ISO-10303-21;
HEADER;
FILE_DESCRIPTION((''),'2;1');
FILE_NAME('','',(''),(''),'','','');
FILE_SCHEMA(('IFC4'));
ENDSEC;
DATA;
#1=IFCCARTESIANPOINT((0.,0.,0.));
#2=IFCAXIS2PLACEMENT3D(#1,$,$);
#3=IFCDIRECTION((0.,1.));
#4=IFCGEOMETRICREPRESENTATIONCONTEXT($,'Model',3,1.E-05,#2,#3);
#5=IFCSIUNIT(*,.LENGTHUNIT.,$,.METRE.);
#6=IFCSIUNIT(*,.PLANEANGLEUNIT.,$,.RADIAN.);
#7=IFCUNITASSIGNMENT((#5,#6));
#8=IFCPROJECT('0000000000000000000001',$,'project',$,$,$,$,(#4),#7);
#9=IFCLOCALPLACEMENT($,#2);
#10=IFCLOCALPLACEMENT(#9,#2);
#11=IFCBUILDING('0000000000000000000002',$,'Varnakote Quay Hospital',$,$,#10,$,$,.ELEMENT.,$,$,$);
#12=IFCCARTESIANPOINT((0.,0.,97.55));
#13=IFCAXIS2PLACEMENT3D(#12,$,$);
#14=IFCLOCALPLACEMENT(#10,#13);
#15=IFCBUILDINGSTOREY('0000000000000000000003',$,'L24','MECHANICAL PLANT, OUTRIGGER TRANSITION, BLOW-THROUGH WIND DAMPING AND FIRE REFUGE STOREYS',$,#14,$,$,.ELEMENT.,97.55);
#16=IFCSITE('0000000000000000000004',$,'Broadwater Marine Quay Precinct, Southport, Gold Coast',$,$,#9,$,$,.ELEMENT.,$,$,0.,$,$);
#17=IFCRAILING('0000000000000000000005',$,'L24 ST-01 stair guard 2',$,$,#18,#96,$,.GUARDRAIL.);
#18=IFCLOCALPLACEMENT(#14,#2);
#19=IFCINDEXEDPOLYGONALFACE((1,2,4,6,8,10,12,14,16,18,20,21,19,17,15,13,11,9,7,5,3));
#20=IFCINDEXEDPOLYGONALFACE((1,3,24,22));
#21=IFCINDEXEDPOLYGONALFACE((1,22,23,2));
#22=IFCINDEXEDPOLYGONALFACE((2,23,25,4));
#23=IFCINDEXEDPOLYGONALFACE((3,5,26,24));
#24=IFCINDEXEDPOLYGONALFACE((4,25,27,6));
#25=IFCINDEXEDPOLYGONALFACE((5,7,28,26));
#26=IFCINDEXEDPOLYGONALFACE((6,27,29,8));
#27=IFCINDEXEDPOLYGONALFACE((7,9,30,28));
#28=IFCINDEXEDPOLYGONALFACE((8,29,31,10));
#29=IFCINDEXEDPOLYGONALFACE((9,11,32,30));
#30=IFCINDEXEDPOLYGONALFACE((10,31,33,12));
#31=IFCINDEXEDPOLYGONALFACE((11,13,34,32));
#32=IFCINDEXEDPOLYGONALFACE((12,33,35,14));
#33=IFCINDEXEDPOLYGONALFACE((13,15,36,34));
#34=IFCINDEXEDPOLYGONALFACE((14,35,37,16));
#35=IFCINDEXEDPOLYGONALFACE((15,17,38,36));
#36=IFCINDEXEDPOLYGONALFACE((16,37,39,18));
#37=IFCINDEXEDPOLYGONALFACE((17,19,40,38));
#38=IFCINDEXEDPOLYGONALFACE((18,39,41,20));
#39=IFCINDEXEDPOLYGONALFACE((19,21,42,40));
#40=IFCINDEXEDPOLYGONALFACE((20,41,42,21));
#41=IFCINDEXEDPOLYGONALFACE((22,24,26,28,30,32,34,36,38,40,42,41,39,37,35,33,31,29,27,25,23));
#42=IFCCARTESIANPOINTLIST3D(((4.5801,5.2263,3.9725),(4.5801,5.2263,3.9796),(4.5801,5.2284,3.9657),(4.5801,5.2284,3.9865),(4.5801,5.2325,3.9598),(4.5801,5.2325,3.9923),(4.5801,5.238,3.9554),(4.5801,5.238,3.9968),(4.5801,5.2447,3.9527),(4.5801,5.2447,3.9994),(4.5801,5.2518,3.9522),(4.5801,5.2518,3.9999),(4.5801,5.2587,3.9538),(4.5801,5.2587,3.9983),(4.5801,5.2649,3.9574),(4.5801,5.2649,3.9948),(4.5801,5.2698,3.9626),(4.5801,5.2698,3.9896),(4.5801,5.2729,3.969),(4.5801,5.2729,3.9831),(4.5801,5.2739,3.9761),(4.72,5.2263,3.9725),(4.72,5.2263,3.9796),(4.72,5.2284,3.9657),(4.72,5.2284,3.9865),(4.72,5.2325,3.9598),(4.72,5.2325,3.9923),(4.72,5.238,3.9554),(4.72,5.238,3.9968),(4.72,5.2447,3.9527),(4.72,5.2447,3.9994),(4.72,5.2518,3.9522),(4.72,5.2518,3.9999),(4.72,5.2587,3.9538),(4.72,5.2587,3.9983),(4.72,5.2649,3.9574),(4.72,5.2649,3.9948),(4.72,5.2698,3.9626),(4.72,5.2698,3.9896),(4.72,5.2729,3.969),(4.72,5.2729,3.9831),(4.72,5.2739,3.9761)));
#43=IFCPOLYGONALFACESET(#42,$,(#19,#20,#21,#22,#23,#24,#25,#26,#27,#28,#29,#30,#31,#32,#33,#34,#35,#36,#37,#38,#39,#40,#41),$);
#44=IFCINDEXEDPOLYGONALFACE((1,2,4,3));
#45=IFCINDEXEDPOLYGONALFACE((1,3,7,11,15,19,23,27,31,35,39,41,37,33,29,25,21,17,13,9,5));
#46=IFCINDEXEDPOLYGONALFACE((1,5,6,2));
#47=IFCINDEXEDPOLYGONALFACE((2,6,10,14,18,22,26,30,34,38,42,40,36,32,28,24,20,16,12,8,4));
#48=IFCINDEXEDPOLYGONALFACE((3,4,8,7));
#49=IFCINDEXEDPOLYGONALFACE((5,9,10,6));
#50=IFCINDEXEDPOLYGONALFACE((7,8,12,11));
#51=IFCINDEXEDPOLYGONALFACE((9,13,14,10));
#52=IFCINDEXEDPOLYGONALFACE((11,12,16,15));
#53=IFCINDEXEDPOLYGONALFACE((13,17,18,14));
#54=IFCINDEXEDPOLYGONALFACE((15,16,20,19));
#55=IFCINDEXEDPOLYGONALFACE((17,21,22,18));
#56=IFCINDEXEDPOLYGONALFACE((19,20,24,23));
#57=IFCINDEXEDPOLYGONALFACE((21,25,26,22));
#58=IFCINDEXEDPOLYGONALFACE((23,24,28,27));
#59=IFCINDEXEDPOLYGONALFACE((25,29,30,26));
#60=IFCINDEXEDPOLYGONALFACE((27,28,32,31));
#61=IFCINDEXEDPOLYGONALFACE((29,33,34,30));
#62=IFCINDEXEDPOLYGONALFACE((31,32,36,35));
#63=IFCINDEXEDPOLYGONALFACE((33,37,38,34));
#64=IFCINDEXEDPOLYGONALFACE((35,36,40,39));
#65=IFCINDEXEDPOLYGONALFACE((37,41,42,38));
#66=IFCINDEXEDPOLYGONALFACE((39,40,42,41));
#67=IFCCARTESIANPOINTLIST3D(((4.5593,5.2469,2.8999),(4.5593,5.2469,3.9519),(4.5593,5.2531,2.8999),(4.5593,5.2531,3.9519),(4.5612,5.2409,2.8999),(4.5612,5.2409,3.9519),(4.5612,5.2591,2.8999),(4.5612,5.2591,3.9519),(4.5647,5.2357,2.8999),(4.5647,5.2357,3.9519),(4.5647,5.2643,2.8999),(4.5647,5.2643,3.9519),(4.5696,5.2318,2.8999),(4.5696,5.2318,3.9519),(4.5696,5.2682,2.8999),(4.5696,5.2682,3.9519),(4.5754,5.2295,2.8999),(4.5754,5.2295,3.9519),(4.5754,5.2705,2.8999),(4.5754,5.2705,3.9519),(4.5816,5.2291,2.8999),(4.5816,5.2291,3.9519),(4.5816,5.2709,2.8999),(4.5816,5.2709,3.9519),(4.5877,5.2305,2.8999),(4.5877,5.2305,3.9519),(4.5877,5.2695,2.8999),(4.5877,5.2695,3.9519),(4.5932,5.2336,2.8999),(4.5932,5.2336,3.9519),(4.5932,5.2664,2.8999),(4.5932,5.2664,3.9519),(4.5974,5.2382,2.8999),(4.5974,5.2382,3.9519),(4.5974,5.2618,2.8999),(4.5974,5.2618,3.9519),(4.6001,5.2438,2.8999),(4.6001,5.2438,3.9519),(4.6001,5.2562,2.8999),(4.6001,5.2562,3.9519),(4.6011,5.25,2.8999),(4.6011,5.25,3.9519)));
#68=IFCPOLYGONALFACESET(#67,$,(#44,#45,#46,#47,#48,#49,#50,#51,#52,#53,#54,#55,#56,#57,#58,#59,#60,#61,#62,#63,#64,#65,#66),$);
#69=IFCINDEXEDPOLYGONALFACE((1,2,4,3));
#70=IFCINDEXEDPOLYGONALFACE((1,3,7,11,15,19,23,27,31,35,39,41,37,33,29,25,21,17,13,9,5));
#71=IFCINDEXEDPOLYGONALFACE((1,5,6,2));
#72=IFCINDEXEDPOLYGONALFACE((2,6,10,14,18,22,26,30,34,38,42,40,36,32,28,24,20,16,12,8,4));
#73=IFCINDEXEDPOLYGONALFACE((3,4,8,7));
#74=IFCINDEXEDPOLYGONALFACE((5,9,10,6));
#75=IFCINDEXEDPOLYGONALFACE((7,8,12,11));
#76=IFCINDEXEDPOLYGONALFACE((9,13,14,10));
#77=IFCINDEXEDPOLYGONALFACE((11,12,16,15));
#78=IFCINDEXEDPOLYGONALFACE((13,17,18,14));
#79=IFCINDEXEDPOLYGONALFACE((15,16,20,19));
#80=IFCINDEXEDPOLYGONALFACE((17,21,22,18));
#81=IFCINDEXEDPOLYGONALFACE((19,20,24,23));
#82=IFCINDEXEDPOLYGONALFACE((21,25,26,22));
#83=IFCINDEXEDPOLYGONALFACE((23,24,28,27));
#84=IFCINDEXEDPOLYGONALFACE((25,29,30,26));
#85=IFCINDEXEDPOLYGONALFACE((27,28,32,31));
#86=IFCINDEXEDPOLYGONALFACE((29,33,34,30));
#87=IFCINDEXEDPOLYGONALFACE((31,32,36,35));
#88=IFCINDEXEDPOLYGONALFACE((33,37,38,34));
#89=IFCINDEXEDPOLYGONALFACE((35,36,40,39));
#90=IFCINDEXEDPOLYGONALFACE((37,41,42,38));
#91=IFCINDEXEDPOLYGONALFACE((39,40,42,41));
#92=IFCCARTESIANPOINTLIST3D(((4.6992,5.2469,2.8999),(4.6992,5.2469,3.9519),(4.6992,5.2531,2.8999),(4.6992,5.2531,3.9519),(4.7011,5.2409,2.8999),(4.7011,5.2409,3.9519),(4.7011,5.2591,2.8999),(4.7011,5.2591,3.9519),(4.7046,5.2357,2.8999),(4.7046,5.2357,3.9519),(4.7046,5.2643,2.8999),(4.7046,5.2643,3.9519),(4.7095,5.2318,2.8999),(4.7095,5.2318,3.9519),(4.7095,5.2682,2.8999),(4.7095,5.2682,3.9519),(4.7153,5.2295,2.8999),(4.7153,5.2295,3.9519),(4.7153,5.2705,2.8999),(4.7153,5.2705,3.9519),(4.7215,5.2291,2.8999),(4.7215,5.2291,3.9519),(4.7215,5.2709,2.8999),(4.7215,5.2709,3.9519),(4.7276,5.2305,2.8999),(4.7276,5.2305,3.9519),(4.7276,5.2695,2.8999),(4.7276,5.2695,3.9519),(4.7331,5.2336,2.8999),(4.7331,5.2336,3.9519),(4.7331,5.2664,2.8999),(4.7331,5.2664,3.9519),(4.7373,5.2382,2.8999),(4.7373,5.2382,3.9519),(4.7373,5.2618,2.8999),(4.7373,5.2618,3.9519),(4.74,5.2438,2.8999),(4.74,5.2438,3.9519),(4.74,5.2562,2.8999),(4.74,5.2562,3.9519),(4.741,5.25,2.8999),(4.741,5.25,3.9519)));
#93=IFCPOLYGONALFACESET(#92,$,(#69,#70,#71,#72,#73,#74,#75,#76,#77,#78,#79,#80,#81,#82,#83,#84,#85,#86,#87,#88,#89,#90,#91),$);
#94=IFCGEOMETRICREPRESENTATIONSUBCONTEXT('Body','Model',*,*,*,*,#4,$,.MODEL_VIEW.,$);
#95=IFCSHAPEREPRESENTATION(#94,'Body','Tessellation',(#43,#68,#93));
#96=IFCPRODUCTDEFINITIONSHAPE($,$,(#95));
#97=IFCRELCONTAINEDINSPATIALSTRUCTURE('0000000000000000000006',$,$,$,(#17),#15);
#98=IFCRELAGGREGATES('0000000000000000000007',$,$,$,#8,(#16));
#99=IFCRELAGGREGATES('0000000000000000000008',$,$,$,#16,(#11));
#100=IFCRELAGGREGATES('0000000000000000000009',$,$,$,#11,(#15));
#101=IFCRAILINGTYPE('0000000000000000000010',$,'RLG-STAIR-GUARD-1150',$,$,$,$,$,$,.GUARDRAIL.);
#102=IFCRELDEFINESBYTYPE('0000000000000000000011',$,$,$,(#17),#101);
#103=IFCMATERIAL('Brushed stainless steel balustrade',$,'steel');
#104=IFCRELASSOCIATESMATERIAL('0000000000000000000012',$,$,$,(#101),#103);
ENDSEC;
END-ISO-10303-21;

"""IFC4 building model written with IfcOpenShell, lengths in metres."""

from ifc_helpers import new_model, si_unit, direction, frame, origin, origin_2d, place, context, subcontext, project, spatial, circle, extrude, material, type_object, element, save


model = new_model("IFC4")

# Units and contexts
model_context = context("Model", 3, precision=1e-05, world=origin(), true_north=direction((0.0, 1.0)))
body_context = subcontext(model_context, "Body", "Model", "MODEL_VIEW")
ifc_project = project(units=[si_unit("LENGTHUNIT", "METRE"), si_unit("PLANEANGLEUNIT", "RADIAN")], contexts=[model_context])

# Site, building, storey
site_placement = place(None, origin())
site = spatial("IfcSite", under=ifc_project, at=site_placement, Name="Broadwater Marine Quay Precinct, Southport, Gold Coast", CompositionType="ELEMENT", RefElevation=0.0)
building_placement = place(site_placement, origin())
building = spatial("IfcBuilding", under=site, at=building_placement, Name="Varnakote Quay Hospital", CompositionType="ELEMENT")
storey_placement = place(building_placement, frame((0.0, 0.0, 97.55)))
storey = spatial("IfcBuildingStorey", under=building, at=storey_placement, Name="L24", Description="MECHANICAL PLANT, OUTRIGGER TRANSITION, BLOW-THROUGH WIND DAMPING AND FIRE REFUGE STOREYS", CompositionType="ELEMENT", Elevation=97.55)

# Railing
ifc_material_1 = material(Name="Brushed stainless steel balustrade", Category="steel")
railing_type_1 = type_object("IfcRailingType", Name="RLG-STAIR-GUARD-1150", PredefinedType="GUARDRAIL", material=ifc_material_1)
railing_1_placement = place(storey_placement, frame((4.5801, 5.25, 2.8999)))
element("IfcRailing", 1, at=railing_1_placement, inside=storey, type_object=railing_type_1, Name="L24 ST-01 stair guard 2", PredefinedType="GUARDRAIL", context=body_context, shape_type="SweptSolid", body=[
    extrude(circle(Radius=0.0239, at=origin_2d()), frame((0.0, 0.0, 1.0762), z_axis=(1.0, 0.0, 0.0), x_axis=(0.0, 1.0, 0.0)), (0.0, 0.0, 1.0), 0.1399),
    extrude(circle(Radius=0.021, at=origin_2d()), origin(), (0.0, 0.0, 1.0), 1.052),
    extrude(circle(Radius=0.021, at=origin_2d()), frame((0.1399, 0.0, 0.0)), (0.0, 0.0, 1.0), 1.052),
])

save(model, "model.ifc")
